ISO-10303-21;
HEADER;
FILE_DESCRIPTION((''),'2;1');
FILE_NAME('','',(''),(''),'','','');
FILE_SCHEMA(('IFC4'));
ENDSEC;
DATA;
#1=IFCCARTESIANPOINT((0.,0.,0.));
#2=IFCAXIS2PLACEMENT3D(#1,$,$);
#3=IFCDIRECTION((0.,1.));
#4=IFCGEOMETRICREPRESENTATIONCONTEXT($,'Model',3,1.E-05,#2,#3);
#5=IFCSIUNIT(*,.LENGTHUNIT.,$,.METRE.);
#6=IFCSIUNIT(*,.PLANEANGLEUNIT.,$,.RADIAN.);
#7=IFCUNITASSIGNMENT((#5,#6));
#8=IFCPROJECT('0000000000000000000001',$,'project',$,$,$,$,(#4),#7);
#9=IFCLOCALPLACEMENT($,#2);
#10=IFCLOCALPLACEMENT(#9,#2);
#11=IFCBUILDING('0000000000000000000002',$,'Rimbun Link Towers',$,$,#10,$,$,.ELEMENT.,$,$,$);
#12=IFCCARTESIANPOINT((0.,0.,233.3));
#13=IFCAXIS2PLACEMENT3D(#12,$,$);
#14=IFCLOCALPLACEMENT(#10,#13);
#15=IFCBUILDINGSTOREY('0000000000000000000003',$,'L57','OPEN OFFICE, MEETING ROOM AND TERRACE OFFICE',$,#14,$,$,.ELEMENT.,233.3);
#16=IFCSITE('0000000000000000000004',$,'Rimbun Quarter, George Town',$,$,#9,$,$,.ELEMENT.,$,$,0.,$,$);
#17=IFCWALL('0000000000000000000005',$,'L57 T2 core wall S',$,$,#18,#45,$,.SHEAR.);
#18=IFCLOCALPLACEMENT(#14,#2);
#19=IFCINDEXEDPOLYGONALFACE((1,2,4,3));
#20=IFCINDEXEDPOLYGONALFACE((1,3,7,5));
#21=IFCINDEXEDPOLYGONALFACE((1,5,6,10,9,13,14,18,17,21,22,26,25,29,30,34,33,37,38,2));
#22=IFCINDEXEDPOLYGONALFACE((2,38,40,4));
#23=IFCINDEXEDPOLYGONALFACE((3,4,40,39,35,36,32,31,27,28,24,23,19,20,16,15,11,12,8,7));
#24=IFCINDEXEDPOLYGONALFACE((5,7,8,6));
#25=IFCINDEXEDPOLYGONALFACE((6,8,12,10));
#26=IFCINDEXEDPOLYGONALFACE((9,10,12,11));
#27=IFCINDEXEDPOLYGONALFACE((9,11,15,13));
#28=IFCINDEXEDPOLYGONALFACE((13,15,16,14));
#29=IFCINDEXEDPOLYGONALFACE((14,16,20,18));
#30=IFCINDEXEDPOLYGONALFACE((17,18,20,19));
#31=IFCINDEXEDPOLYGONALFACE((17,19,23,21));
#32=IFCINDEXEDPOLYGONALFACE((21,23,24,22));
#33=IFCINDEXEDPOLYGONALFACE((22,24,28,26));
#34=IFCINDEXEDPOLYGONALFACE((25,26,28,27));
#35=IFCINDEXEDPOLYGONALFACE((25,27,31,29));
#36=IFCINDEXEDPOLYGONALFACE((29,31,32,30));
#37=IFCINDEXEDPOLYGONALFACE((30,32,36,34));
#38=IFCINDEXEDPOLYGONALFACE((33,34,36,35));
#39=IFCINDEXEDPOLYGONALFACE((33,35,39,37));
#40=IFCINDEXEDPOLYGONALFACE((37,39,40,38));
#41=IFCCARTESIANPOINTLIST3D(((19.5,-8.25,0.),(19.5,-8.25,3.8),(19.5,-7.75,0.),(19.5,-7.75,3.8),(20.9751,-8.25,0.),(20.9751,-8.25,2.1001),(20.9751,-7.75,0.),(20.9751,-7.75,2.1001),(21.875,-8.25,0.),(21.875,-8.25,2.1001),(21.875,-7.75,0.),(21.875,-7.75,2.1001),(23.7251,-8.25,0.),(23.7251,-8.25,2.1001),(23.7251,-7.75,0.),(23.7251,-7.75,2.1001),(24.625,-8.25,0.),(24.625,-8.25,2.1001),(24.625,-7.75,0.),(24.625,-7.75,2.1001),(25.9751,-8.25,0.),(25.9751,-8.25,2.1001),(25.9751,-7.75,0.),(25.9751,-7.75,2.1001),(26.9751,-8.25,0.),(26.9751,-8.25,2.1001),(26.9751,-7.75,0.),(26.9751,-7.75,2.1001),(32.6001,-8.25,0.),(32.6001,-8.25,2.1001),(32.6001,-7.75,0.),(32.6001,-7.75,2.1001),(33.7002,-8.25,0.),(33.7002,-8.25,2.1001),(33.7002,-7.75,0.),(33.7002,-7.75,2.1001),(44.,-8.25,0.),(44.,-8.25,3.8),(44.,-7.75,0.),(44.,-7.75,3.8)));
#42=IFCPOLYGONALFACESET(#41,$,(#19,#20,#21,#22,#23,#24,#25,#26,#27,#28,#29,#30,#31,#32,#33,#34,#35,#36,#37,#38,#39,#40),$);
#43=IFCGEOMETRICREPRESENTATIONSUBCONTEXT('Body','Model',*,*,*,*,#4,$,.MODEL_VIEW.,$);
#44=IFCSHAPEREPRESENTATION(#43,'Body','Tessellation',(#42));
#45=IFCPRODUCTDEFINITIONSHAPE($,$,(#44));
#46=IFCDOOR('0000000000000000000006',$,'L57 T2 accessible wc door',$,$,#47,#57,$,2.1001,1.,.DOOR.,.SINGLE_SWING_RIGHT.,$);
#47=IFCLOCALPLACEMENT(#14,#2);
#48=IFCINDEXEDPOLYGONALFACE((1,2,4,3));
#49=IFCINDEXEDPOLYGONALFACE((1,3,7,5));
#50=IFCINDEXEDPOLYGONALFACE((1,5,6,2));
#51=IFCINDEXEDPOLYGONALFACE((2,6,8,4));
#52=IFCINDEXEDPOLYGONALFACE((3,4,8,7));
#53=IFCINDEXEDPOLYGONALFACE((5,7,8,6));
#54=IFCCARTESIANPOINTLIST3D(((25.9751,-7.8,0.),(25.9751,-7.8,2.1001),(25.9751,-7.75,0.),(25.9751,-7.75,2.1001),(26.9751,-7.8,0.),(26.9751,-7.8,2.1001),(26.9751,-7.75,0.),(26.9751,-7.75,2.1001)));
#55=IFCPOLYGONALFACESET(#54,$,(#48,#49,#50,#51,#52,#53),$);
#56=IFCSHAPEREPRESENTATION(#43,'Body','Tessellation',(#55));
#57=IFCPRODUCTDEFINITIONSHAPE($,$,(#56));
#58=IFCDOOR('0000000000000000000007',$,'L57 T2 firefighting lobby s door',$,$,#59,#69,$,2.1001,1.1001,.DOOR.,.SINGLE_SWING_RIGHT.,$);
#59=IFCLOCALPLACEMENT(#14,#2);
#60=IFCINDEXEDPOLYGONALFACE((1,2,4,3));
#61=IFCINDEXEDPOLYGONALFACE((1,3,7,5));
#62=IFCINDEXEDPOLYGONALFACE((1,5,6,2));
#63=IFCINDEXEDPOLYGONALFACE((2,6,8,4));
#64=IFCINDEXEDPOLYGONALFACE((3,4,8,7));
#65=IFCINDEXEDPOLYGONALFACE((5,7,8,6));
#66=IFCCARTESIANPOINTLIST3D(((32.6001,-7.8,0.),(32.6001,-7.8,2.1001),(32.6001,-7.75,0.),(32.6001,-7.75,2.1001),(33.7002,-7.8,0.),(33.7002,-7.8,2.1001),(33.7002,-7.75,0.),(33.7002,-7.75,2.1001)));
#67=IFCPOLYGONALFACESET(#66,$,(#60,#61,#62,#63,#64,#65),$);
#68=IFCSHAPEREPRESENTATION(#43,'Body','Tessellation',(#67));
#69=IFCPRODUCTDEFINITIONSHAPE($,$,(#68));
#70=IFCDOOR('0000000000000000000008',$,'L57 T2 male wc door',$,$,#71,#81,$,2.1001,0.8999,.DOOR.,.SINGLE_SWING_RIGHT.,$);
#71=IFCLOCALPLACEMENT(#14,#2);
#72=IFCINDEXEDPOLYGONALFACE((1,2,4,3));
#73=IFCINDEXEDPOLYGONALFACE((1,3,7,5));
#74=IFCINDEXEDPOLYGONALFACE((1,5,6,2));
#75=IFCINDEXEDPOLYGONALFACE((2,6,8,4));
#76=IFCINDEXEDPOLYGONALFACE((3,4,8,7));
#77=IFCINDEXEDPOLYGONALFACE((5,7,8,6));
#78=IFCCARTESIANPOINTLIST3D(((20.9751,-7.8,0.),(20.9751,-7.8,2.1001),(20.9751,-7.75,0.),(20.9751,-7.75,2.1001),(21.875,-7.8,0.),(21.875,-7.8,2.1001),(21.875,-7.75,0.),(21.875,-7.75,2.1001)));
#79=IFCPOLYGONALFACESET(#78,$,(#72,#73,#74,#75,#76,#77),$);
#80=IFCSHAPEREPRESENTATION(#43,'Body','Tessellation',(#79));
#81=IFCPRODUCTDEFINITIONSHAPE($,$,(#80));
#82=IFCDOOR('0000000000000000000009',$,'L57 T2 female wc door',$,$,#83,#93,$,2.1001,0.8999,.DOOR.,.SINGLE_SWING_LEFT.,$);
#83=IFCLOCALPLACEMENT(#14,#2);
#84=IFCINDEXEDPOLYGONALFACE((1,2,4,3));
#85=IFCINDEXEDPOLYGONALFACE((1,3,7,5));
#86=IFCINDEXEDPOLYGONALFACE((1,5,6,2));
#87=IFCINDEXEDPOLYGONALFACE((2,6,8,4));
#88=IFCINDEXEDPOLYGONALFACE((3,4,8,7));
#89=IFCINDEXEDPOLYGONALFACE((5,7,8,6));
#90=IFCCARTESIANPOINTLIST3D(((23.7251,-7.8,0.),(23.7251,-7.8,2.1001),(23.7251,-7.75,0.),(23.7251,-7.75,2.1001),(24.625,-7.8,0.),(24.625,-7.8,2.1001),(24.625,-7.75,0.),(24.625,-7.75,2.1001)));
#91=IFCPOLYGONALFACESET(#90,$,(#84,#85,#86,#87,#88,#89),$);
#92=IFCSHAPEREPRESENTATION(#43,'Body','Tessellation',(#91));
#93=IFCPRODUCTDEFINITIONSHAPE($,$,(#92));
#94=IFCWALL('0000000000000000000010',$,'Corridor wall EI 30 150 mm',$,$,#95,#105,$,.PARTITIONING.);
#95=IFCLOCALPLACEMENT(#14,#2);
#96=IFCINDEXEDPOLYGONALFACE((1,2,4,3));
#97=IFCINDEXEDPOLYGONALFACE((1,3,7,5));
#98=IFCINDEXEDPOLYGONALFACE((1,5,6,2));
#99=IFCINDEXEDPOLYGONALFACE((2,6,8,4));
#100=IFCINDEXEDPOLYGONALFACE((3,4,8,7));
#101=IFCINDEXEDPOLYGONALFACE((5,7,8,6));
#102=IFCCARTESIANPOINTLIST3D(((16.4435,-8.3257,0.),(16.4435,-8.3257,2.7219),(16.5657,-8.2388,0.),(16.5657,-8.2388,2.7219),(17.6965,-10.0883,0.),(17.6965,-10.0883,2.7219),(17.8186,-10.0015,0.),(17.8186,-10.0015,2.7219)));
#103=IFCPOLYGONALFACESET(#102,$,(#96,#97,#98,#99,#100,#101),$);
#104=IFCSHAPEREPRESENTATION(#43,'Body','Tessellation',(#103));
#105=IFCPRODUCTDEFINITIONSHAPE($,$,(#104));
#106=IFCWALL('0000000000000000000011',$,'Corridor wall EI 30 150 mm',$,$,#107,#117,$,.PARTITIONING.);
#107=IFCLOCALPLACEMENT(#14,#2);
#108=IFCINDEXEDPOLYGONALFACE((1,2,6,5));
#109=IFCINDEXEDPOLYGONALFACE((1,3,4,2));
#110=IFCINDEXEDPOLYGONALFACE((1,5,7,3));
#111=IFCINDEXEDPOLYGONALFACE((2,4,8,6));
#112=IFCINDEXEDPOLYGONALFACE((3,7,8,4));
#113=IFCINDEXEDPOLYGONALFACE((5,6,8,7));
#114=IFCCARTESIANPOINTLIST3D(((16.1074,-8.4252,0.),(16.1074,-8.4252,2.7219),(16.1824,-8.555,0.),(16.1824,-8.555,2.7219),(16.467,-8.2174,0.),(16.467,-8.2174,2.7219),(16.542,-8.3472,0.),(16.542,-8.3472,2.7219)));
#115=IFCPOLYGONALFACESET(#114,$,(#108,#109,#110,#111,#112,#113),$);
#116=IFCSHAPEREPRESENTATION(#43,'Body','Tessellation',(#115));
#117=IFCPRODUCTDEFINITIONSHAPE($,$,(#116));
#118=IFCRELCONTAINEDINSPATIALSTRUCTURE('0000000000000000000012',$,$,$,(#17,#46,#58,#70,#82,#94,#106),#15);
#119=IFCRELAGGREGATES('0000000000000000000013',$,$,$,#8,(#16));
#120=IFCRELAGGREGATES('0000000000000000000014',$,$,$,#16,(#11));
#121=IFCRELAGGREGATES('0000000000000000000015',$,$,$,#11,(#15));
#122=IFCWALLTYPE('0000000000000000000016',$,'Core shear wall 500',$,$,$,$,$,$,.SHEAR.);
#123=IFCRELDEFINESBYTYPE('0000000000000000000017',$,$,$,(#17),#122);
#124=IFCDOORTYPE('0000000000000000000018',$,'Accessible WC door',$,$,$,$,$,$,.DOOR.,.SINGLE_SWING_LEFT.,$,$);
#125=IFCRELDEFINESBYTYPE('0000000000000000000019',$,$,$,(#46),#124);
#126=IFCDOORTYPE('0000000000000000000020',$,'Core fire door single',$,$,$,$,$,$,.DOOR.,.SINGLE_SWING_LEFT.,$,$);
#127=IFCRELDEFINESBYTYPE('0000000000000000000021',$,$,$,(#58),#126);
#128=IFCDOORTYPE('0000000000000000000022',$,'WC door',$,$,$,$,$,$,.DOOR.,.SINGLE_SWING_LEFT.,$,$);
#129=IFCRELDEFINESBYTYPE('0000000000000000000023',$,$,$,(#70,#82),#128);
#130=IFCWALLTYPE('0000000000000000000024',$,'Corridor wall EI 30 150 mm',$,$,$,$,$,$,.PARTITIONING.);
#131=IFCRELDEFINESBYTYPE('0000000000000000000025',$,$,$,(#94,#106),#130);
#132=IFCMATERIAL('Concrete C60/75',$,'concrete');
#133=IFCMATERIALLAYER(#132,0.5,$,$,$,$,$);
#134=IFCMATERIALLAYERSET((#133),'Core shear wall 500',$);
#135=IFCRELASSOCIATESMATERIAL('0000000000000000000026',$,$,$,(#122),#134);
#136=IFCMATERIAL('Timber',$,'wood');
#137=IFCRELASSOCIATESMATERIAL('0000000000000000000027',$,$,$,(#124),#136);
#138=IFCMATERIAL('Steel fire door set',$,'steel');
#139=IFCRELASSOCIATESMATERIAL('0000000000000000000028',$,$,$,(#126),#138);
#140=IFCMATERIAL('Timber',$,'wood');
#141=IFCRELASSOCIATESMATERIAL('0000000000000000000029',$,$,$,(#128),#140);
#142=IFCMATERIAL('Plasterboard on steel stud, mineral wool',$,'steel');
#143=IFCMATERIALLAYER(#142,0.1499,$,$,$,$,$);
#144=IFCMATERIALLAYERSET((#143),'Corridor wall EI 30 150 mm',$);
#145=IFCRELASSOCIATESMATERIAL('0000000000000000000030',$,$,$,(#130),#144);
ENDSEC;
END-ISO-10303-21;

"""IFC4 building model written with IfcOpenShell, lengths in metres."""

from ifc_helpers import new_model, si_unit, direction, frame, frame_2d, origin, place, context, subcontext, project, spatial, rectangle, extrude, material, layer, layer_set, type_object, element, fill, save


model = new_model("IFC4")

# Units and contexts
model_context = context("Model", 3, precision=1e-05, world=origin(), true_north=direction((0.0, 1.0)))
body_context = subcontext(model_context, "Body", "Model", "MODEL_VIEW")
ifc_project = project(units=[si_unit("LENGTHUNIT", "METRE"), si_unit("PLANEANGLEUNIT", "RADIAN")], contexts=[model_context])

# Site, building, storey
site_placement = place(None, origin())
site = spatial("IfcSite", under=ifc_project, at=site_placement, Name="Rimbun Quarter, George Town", CompositionType="ELEMENT", RefElevation=0.0)
building_placement = place(site_placement, origin())
building = spatial("IfcBuilding", under=site, at=building_placement, Name="Rimbun Link Towers", CompositionType="ELEMENT")
storey_placement = place(building_placement, frame((0.0, 0.0, 233.3)))
storey = spatial("IfcBuildingStorey", under=building, at=storey_placement, Name="L57", Description="OPEN OFFICE, MEETING ROOM AND TERRACE OFFICE", CompositionType="ELEMENT", Elevation=233.3)

# Wall, openings, doors
ifc_material_1 = material(Name="Concrete C60/75", Category="concrete")
ifc_layer_1 = layer(ifc_material_1, 0.5)
ifc_layer_set_1 = layer_set([ifc_layer_1], Name="Core shear wall 500")
wall_type_1 = type_object("IfcWallType", Name="Core shear wall 500", PredefinedType="SHEAR", material=ifc_layer_set_1)
wall_1_placement = place(storey_placement, frame((19.5, -8.0, 0.0), z_axis=(0.0, 0.0, 1.0), x_axis=(1.0, 0.0, 0.0)))
wall_1 = element("IfcWall", 1, at=wall_1_placement, inside=storey, type_object=wall_type_1, Name="L57 T2 core wall S", PredefinedType="SHEAR", context=body_context, shape_type="SweptSolid", body=[
    extrude(rectangle(XDim=24.5, YDim=0.5, at=frame_2d((12.25, 0.0))), origin(), (0.0, 0.0, 1.0), 3.8),
])
opening_1_placement = place(wall_1_placement, frame((13.1001, 0.0, 0.0)))
opening_1 = element("IfcOpeningElement", 2, at=opening_1_placement, cuts=wall_1, PredefinedType="OPENING", context=body_context, shape_type="SweptSolid", body=[
    extrude(rectangle(XDim=1.1001, YDim=2.1001, at=frame_2d((0.55, 1.05))), frame((0.0, 0.26, 0.0), z_axis=(0.0, -1.0, 0.0), x_axis=(1.0, 0.0, 0.0)), (0.0, 0.0, 1.0), 0.52),
])
opening_2_placement = place(wall_1_placement, frame((1.4751, 0.0, 0.0)))
opening_2 = element("IfcOpeningElement", 3, at=opening_2_placement, cuts=wall_1, PredefinedType="OPENING", context=body_context, shape_type="SweptSolid", body=[
    extrude(rectangle(XDim=0.8999, YDim=2.1001, at=frame_2d((0.45, 1.05))), frame((0.0, 0.26, 0.0), z_axis=(0.0, -1.0, 0.0), x_axis=(1.0, 0.0, 0.0)), (0.0, 0.0, 1.0), 0.52),
])
opening_3_placement = place(wall_1_placement, frame((4.2251, 0.0, 0.0)))
opening_3 = element("IfcOpeningElement", 4, at=opening_3_placement, cuts=wall_1, PredefinedType="OPENING", context=body_context, shape_type="SweptSolid", body=[
    extrude(rectangle(XDim=0.8999, YDim=2.1001, at=frame_2d((0.45, 1.05))), frame((0.0, 0.26, 0.0), z_axis=(0.0, -1.0, 0.0), x_axis=(1.0, 0.0, 0.0)), (0.0, 0.0, 1.0), 0.52),
])
opening_4_placement = place(wall_1_placement, frame((6.4751, 0.0, 0.0)))
opening_4 = element("IfcOpeningElement", 5, at=opening_4_placement, cuts=wall_1, PredefinedType="OPENING", context=body_context, shape_type="SweptSolid", body=[
    extrude(rectangle(XDim=1.0, YDim=2.1001, at=frame_2d((0.5, 1.05))), frame((0.0, 0.26, 0.0), z_axis=(0.0, -1.0, 0.0), x_axis=(1.0, 0.0, 0.0)), (0.0, 0.0, 1.0), 0.52),
])
ifc_material_2 = material(Name="Timber", Category="wood")
door_type_1 = type_object("IfcDoorType", Name="Accessible WC door", OperationType="SINGLE_SWING_LEFT", PredefinedType="DOOR", material=ifc_material_2)
door_1_placement = place(opening_4_placement, origin())
door_1 = element("IfcDoor", 6, at=door_1_placement, inside=storey, type_object=door_type_1, Name="L57 T2 accessible wc door", OperationType="SINGLE_SWING_RIGHT", OverallHeight=2.1001, OverallWidth=1.0, PredefinedType="DOOR", context=body_context, shape_type="SweptSolid", body=[
    extrude(rectangle(XDim=1.0, YDim=2.1001, at=frame_2d((0.5, 1.05))), frame((0.0, 0.25, 0.0), z_axis=(0.0, -1.0, 0.0), x_axis=(1.0, 0.0, 0.0)), (0.0, 0.0, 1.0), 0.05),
])
fill(opening_4, door_1)
ifc_material_3 = material(Name="Steel fire door set", Category="steel")
door_type_2 = type_object("IfcDoorType", Name="Core fire door single", OperationType="SINGLE_SWING_LEFT", PredefinedType="DOOR", material=ifc_material_3)
door_2_placement = place(opening_1_placement, origin())
door_2 = element("IfcDoor", 7, at=door_2_placement, inside=storey, type_object=door_type_2, Name="L57 T2 firefighting lobby s door", OperationType="SINGLE_SWING_RIGHT", OverallHeight=2.1001, OverallWidth=1.1001, PredefinedType="DOOR", context=body_context, shape_type="SweptSolid", body=[
    extrude(rectangle(XDim=1.1001, YDim=2.1001, at=frame_2d((0.55, 1.05))), frame((0.0, 0.25, 0.0), z_axis=(0.0, -1.0, 0.0), x_axis=(1.0, 0.0, 0.0)), (0.0, 0.0, 1.0), 0.05),
])
fill(opening_1, door_2)
ifc_material_4 = material(Name="Timber", Category="wood")
door_type_3 = type_object("IfcDoorType", Name="WC door", OperationType="SINGLE_SWING_LEFT", PredefinedType="DOOR", material=ifc_material_4)
door_3_placement = place(opening_2_placement, origin())
door_3 = element("IfcDoor", 8, at=door_3_placement, inside=storey, type_object=door_type_3, Name="L57 T2 male wc door", OperationType="SINGLE_SWING_RIGHT", OverallHeight=2.1001, OverallWidth=0.8999, PredefinedType="DOOR", context=body_context, shape_type="SweptSolid", body=[
    extrude(rectangle(XDim=0.8999, YDim=2.1001, at=frame_2d((0.45, 1.05))), frame((0.0, 0.25, 0.0), z_axis=(0.0, -1.0, 0.0), x_axis=(1.0, 0.0, 0.0)), (0.0, 0.0, 1.0), 0.05),
])
fill(opening_2, door_3)
door_4_placement = place(opening_3_placement, origin())
door_4 = element("IfcDoor", 9, at=door_4_placement, inside=storey, type_object=door_type_3, Name="L57 T2 female wc door", OperationType="SINGLE_SWING_LEFT", OverallHeight=2.1001, OverallWidth=0.8999, PredefinedType="DOOR", context=body_context, shape_type="SweptSolid", body=[
    extrude(rectangle(XDim=0.8999, YDim=2.1001, at=frame_2d((0.45, 1.05))), frame((0.0, 0.25, 0.0), z_axis=(0.0, -1.0, 0.0), x_axis=(1.0, 0.0, 0.0)), (0.0, 0.0, 1.0), 0.05),
])
fill(opening_3, door_4)

# Walls
ifc_material_5 = material(Name="Plasterboard on steel stud, mineral wool", Category="steel")
ifc_layer_2 = layer(ifc_material_5, 0.1499)
ifc_layer_set_2 = layer_set([ifc_layer_2], Name="Corridor wall EI 30 150 mm")
wall_type_2 = type_object("IfcWallType", Name="Corridor wall EI 30 150 mm", PredefinedType="PARTITIONING", material=ifc_layer_set_2)
wall_2_placement = place(storey_placement, frame((16.5046, -8.2822, 0.0), z_axis=(0.0, 0.0, 1.0), x_axis=(0.579357, -0.815074, 0.0)))
element("IfcWall", 10, at=wall_2_placement, inside=storey, type_object=wall_type_2, Name="Corridor wall EI 30 150 mm", PredefinedType="PARTITIONING", context=body_context, shape_type="SweptSolid", body=[
    extrude(rectangle(XDim=2.1626, YDim=0.1499, at=frame_2d((1.0813, 0.0))), origin(), (0.0, 0.0, 1.0), 2.7219),
])
wall_3_placement = place(storey_placement, frame((16.145, -8.49, 0.0), z_axis=(0.0, 0.0, 1.0), x_axis=(0.865882, 0.500248, 0.0)))
element("IfcWall", 11, at=wall_3_placement, inside=storey, type_object=wall_type_2, Name="Corridor wall EI 30 150 mm", PredefinedType="PARTITIONING", context=body_context, shape_type="SweptSolid", body=[
    extrude(rectangle(XDim=0.4153, YDim=0.1499, at=frame_2d((0.2075, 0.0))), origin(), (0.0, 0.0, 1.0), 2.7219),
])

save(model, "model.ifc")
